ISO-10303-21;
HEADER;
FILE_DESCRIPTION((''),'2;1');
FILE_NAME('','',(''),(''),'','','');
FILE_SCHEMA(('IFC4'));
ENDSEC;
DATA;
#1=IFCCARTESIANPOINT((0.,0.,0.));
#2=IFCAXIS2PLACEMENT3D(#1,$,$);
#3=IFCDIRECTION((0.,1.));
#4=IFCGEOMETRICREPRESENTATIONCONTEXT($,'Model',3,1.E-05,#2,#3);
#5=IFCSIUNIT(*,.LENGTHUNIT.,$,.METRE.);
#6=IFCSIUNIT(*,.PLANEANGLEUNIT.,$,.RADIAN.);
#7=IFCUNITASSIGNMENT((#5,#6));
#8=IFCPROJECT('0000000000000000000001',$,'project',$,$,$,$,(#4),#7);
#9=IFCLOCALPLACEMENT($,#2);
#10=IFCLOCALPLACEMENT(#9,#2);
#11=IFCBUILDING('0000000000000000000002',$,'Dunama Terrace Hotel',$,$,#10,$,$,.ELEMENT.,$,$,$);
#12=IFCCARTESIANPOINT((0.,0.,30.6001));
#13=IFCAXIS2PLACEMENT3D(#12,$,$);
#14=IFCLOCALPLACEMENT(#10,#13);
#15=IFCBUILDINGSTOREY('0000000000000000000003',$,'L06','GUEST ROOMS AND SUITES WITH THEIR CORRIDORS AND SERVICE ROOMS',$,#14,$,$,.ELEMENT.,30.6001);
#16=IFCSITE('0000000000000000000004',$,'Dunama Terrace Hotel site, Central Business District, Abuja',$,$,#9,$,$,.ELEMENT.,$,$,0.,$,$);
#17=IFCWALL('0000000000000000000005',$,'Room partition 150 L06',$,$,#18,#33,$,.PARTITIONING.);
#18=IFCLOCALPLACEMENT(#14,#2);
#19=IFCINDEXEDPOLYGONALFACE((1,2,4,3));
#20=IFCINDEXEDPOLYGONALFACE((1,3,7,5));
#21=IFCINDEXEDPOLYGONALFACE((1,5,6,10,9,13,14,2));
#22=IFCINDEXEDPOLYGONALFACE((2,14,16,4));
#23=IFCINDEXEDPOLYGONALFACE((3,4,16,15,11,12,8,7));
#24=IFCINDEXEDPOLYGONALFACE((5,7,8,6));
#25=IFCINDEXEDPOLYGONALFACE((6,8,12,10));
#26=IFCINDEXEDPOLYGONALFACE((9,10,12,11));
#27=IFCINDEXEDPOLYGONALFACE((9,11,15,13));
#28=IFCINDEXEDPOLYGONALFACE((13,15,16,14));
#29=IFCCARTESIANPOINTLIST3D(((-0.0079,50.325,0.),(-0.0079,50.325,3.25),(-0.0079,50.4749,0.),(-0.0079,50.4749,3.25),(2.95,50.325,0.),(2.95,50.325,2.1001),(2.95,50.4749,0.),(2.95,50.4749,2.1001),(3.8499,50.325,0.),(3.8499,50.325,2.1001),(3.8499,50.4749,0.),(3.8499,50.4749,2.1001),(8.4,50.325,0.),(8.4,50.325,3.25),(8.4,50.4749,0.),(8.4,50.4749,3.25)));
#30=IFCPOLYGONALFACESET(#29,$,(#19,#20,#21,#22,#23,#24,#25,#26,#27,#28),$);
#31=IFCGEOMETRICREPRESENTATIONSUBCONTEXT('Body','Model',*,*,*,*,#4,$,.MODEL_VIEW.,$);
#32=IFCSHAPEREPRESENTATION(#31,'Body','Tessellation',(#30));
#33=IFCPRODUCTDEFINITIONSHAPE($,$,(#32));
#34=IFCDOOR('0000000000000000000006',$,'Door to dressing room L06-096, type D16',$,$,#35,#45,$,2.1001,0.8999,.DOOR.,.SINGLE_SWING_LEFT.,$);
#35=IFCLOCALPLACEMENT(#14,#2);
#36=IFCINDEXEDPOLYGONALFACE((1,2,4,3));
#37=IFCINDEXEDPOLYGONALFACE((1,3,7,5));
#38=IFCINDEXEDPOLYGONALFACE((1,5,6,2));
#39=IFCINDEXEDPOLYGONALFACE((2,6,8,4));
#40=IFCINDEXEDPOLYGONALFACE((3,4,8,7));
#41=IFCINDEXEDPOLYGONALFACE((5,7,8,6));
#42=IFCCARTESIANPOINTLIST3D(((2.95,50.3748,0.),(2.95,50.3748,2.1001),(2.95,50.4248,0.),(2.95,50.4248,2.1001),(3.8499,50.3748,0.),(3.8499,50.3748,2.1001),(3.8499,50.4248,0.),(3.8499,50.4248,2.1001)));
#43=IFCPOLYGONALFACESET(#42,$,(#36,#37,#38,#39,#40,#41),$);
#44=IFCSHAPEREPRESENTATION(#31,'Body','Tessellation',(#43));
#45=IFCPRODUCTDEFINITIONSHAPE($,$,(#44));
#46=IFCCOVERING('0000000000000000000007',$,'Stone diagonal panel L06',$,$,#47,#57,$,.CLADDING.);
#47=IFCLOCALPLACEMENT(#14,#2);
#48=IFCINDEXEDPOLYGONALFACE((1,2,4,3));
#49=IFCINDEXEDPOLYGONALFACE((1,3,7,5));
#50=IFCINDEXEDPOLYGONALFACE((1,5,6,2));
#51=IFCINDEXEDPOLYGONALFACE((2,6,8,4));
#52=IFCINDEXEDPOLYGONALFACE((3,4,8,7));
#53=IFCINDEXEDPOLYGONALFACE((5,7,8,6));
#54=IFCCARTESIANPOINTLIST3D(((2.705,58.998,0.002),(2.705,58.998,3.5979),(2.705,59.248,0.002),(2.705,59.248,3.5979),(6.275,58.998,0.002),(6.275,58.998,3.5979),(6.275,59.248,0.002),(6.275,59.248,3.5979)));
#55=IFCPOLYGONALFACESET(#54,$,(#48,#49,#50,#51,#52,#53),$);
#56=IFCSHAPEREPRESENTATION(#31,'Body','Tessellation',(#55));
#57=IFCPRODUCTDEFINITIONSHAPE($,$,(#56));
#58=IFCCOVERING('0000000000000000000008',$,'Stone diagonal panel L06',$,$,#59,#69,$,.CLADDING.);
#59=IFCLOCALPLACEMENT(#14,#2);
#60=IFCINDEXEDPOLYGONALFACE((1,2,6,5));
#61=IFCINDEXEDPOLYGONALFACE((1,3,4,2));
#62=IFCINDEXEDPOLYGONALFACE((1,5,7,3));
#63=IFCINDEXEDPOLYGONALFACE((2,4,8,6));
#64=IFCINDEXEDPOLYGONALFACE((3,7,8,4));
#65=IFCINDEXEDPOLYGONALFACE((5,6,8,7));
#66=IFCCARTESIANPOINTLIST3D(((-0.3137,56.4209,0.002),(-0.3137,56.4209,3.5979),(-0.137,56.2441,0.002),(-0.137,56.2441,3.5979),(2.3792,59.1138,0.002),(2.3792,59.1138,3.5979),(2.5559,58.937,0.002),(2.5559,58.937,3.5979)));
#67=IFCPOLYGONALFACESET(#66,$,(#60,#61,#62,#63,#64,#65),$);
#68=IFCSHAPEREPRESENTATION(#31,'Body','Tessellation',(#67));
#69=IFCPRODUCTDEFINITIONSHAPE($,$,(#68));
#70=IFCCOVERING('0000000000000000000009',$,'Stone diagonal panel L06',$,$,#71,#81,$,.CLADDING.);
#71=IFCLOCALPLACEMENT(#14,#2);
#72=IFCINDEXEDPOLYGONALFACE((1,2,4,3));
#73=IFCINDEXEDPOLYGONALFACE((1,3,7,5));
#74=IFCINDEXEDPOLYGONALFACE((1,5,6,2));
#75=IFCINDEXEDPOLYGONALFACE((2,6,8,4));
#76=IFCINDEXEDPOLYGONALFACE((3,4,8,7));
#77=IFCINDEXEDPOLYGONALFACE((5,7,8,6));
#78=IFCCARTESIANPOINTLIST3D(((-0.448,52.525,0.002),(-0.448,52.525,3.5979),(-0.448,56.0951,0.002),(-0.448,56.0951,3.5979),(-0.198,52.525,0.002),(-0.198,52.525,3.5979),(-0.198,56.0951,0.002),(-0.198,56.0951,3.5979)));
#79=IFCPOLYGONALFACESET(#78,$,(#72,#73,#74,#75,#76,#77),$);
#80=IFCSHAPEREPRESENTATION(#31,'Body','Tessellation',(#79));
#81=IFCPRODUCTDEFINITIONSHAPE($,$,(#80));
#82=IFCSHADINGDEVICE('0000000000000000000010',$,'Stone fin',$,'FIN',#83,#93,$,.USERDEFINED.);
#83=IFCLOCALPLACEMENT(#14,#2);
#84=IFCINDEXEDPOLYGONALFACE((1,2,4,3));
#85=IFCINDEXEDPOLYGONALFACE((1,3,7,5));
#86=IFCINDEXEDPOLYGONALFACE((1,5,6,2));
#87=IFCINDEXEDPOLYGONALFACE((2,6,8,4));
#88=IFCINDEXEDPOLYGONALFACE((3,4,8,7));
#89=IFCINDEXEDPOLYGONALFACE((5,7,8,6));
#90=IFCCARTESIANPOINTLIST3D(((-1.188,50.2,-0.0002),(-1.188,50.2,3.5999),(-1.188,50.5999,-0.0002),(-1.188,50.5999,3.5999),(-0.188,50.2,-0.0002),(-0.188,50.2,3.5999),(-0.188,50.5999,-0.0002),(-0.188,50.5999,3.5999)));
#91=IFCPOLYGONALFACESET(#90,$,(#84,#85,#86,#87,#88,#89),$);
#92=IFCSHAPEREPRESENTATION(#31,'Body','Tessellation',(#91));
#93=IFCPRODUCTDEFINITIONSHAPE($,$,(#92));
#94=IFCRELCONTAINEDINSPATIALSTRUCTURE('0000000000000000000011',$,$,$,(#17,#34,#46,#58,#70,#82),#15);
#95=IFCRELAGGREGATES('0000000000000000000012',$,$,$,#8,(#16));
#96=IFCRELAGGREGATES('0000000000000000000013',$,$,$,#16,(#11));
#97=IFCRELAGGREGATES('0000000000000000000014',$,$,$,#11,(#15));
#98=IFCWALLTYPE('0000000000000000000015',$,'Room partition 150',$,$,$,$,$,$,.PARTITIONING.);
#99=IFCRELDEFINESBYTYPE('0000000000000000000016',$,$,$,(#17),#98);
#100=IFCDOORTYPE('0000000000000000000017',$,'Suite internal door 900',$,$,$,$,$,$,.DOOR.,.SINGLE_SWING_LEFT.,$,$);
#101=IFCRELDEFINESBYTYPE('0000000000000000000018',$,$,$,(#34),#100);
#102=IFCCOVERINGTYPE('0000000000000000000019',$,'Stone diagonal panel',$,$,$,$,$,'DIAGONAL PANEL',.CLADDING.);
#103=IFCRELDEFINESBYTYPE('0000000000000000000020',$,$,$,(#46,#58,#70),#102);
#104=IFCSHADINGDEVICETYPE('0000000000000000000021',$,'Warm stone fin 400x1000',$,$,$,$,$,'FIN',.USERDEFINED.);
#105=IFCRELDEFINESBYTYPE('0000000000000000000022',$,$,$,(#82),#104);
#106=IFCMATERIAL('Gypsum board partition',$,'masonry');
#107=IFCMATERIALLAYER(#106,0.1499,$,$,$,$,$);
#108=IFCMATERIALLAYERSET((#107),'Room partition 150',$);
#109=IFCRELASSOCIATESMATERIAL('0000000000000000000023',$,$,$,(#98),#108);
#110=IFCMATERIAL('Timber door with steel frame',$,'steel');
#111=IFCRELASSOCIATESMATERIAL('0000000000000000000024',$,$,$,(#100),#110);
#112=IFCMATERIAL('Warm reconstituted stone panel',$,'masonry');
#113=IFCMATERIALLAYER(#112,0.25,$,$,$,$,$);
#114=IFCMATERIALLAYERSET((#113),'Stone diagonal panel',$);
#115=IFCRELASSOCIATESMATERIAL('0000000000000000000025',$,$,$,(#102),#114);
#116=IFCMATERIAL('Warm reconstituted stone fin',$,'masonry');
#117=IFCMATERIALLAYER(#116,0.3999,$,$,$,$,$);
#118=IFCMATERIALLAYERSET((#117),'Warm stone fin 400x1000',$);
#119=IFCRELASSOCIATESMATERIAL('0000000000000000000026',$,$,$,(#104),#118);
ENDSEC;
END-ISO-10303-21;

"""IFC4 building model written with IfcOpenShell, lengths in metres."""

from ifc_helpers import new_model, si_unit, direction, frame, frame_2d, origin, origin_2d, place, context, subcontext, project, spatial, rectangle, extrude, material, layer, layer_set, type_object, element, fill, save


model = new_model("IFC4")

# Units and contexts
model_context = context("Model", 3, precision=1e-05, world=origin(), true_north=direction((0.0, 1.0)))
body_context = subcontext(model_context, "Body", "Model", "MODEL_VIEW")
ifc_project = project(units=[si_unit("LENGTHUNIT", "METRE"), si_unit("PLANEANGLEUNIT", "RADIAN")], contexts=[model_context])

# Site, building, storey
site_placement = place(None, origin())
site = spatial("IfcSite", under=ifc_project, at=site_placement, Name="Dunama Terrace Hotel site, Central Business District, Abuja", CompositionType="ELEMENT", RefElevation=0.0)
building_placement = place(site_placement, origin())
building = spatial("IfcBuilding", under=site, at=building_placement, Name="Dunama Terrace Hotel", CompositionType="ELEMENT")
storey_placement = place(building_placement, frame((0.0, 0.0, 30.6001)))
storey = spatial("IfcBuildingStorey", under=building, at=storey_placement, Name="L06", Description="GUEST ROOMS AND SUITES WITH THEIR CORRIDORS AND SERVICE ROOMS", CompositionType="ELEMENT", Elevation=30.6001)

# Shared definitions
ifc_material_1 = material(Name="Gypsum board partition", Category="masonry")
ifc_layer_1 = layer(ifc_material_1, 0.1499)
ifc_layer_set_1 = layer_set([ifc_layer_1], Name="Room partition 150")
wall_type_1 = type_object("IfcWallType", Name="Room partition 150", PredefinedType="PARTITIONING", material=ifc_layer_set_1)

# Wall, opening, door
wall_1_placement = place(storey_placement, frame((-0.0081, 50.3999, 0.0), z_axis=(0.0, 0.0, 1.0), x_axis=(1.0, 0.0, 0.0)))
wall_1 = element("IfcWall", 1, at=wall_1_placement, inside=storey, type_object=wall_type_1, Name="Room partition 150 L06", PredefinedType="PARTITIONING", context=body_context, shape_type="SweptSolid", body=[
    extrude(rectangle(XDim=8.408, YDim=0.1499, at=frame_2d((4.2041, 0.0))), origin(), (0.0, 0.0, 1.0), 3.25),
])
opening_1_placement = place(wall_1_placement, frame((2.958, 0.0, 0.0)))
opening_1 = element("IfcOpeningElement", 2, at=opening_1_placement, cuts=wall_1, PredefinedType="OPENING", context=body_context, shape_type="SweptSolid", body=[
    extrude(rectangle(XDim=0.8999, YDim=2.1001, at=frame_2d((0.45, 1.05))), frame((0.0, 0.085, 0.0), z_axis=(0.0, -1.0, 0.0), x_axis=(1.0, 0.0, 0.0)), (0.0, 0.0, 1.0), 0.1699),
])
ifc_material_2 = material(Name="Timber door with steel frame", Category="steel")
door_type_1 = type_object("IfcDoorType", Name="Suite internal door 900", OperationType="SINGLE_SWING_LEFT", PredefinedType="DOOR", material=ifc_material_2)
door_1_placement = place(opening_1_placement, frame((0.8999, 0.0, 0.0), z_axis=(0.0, 0.0, 1.0), x_axis=(-1.0, 0.0, 0.0)))
door_1 = element("IfcDoor", 3, at=door_1_placement, inside=storey, type_object=door_type_1, Name="Door to dressing room L06-096, type D16", OperationType="SINGLE_SWING_LEFT", OverallHeight=2.1001, OverallWidth=0.8999, PredefinedType="DOOR", context=body_context, shape_type="SweptSolid", body=[
    extrude(rectangle(XDim=0.8999, YDim=2.1001, at=frame_2d((0.45, 1.05))), frame((0.0, 0.0251, 0.0), z_axis=(0.0, -1.0, 0.0), x_axis=(1.0, 0.0, 0.0)), (0.0, 0.0, 1.0), 0.05),
])
fill(opening_1, door_1)

# Coverings
ifc_material_3 = material(Name="Warm reconstituted stone panel", Category="masonry")
ifc_layer_2 = layer(ifc_material_3, 0.25)
ifc_layer_set_2 = layer_set([ifc_layer_2], Name="Stone diagonal panel")
covering_type = type_object("IfcCoveringType", Name="Stone diagonal panel", ElementType="DIAGONAL PANEL", PredefinedType="CLADDING", material=ifc_layer_set_2)
covering_1_placement = place(storey_placement, frame((4.49, 59.123, 0.002), z_axis=(0.0, 0.0, 1.0), x_axis=(-1.0, 0.0, 0.0)))
element("IfcCovering", 4, at=covering_1_placement, inside=storey, type_object=covering_type, Name="Stone diagonal panel L06", PredefinedType="CLADDING", context=body_context, shape_type="SweptSolid", body=[
    extrude(rectangle(XDim=3.5701, YDim=0.25, at=origin_2d()), origin(), (0.0, 0.0, 1.0), 3.5959),
])
covering_2_placement = place(storey_placement, frame((1.1211, 57.679, 0.002), z_axis=(0.0, 0.0, 1.0), x_axis=(-0.707107, -0.707107, 0.0)))
element("IfcCovering", 5, at=covering_2_placement, inside=storey, type_object=covering_type, Name="Stone diagonal panel L06", PredefinedType="CLADDING", context=body_context, shape_type="SweptSolid", body=[
    extrude(rectangle(XDim=3.8083, YDim=0.25, at=origin_2d()), origin(), (0.0, 0.0, 1.0), 3.5959),
])
covering_3_placement = place(storey_placement, frame((-0.323, 54.3101, 0.002), z_axis=(0.0, 0.0, 1.0), x_axis=(0.0, -1.0, 0.0)))
element("IfcCovering", 6, at=covering_3_placement, inside=storey, type_object=covering_type, Name="Stone diagonal panel L06", PredefinedType="CLADDING", context=body_context, shape_type="SweptSolid", body=[
    extrude(rectangle(XDim=3.5701, YDim=0.25, at=origin_2d()), origin(), (0.0, 0.0, 1.0), 3.5959),
])

# Shading device
ifc_material_4 = material(Name="Warm reconstituted stone fin", Category="masonry")
ifc_layer_3 = layer(ifc_material_4, 0.3999)
ifc_layer_set_3 = layer_set([ifc_layer_3], Name="Warm stone fin 400x1000")
shading_device_type = type_object("IfcShadingDeviceType", Name="Warm stone fin 400x1000", ElementType="FIN", PredefinedType="USERDEFINED", material=ifc_layer_set_3)
shading_device_placement = place(storey_placement, frame((-0.688, 50.3999, -0.0002), z_axis=(0.0, 0.0, 1.0), x_axis=(0.0, -1.0, 0.0)))
element("IfcShadingDevice", 7, at=shading_device_placement, inside=storey, type_object=shading_device_type, Name="Stone fin", ObjectType="FIN", PredefinedType="USERDEFINED", context=body_context, shape_type="SweptSolid", body=[
    extrude(rectangle(XDim=0.3999, YDim=1.0, at=origin_2d()), origin(), (0.0, 0.0, 1.0), 3.6001),
])

save(model, "model.ifc")
